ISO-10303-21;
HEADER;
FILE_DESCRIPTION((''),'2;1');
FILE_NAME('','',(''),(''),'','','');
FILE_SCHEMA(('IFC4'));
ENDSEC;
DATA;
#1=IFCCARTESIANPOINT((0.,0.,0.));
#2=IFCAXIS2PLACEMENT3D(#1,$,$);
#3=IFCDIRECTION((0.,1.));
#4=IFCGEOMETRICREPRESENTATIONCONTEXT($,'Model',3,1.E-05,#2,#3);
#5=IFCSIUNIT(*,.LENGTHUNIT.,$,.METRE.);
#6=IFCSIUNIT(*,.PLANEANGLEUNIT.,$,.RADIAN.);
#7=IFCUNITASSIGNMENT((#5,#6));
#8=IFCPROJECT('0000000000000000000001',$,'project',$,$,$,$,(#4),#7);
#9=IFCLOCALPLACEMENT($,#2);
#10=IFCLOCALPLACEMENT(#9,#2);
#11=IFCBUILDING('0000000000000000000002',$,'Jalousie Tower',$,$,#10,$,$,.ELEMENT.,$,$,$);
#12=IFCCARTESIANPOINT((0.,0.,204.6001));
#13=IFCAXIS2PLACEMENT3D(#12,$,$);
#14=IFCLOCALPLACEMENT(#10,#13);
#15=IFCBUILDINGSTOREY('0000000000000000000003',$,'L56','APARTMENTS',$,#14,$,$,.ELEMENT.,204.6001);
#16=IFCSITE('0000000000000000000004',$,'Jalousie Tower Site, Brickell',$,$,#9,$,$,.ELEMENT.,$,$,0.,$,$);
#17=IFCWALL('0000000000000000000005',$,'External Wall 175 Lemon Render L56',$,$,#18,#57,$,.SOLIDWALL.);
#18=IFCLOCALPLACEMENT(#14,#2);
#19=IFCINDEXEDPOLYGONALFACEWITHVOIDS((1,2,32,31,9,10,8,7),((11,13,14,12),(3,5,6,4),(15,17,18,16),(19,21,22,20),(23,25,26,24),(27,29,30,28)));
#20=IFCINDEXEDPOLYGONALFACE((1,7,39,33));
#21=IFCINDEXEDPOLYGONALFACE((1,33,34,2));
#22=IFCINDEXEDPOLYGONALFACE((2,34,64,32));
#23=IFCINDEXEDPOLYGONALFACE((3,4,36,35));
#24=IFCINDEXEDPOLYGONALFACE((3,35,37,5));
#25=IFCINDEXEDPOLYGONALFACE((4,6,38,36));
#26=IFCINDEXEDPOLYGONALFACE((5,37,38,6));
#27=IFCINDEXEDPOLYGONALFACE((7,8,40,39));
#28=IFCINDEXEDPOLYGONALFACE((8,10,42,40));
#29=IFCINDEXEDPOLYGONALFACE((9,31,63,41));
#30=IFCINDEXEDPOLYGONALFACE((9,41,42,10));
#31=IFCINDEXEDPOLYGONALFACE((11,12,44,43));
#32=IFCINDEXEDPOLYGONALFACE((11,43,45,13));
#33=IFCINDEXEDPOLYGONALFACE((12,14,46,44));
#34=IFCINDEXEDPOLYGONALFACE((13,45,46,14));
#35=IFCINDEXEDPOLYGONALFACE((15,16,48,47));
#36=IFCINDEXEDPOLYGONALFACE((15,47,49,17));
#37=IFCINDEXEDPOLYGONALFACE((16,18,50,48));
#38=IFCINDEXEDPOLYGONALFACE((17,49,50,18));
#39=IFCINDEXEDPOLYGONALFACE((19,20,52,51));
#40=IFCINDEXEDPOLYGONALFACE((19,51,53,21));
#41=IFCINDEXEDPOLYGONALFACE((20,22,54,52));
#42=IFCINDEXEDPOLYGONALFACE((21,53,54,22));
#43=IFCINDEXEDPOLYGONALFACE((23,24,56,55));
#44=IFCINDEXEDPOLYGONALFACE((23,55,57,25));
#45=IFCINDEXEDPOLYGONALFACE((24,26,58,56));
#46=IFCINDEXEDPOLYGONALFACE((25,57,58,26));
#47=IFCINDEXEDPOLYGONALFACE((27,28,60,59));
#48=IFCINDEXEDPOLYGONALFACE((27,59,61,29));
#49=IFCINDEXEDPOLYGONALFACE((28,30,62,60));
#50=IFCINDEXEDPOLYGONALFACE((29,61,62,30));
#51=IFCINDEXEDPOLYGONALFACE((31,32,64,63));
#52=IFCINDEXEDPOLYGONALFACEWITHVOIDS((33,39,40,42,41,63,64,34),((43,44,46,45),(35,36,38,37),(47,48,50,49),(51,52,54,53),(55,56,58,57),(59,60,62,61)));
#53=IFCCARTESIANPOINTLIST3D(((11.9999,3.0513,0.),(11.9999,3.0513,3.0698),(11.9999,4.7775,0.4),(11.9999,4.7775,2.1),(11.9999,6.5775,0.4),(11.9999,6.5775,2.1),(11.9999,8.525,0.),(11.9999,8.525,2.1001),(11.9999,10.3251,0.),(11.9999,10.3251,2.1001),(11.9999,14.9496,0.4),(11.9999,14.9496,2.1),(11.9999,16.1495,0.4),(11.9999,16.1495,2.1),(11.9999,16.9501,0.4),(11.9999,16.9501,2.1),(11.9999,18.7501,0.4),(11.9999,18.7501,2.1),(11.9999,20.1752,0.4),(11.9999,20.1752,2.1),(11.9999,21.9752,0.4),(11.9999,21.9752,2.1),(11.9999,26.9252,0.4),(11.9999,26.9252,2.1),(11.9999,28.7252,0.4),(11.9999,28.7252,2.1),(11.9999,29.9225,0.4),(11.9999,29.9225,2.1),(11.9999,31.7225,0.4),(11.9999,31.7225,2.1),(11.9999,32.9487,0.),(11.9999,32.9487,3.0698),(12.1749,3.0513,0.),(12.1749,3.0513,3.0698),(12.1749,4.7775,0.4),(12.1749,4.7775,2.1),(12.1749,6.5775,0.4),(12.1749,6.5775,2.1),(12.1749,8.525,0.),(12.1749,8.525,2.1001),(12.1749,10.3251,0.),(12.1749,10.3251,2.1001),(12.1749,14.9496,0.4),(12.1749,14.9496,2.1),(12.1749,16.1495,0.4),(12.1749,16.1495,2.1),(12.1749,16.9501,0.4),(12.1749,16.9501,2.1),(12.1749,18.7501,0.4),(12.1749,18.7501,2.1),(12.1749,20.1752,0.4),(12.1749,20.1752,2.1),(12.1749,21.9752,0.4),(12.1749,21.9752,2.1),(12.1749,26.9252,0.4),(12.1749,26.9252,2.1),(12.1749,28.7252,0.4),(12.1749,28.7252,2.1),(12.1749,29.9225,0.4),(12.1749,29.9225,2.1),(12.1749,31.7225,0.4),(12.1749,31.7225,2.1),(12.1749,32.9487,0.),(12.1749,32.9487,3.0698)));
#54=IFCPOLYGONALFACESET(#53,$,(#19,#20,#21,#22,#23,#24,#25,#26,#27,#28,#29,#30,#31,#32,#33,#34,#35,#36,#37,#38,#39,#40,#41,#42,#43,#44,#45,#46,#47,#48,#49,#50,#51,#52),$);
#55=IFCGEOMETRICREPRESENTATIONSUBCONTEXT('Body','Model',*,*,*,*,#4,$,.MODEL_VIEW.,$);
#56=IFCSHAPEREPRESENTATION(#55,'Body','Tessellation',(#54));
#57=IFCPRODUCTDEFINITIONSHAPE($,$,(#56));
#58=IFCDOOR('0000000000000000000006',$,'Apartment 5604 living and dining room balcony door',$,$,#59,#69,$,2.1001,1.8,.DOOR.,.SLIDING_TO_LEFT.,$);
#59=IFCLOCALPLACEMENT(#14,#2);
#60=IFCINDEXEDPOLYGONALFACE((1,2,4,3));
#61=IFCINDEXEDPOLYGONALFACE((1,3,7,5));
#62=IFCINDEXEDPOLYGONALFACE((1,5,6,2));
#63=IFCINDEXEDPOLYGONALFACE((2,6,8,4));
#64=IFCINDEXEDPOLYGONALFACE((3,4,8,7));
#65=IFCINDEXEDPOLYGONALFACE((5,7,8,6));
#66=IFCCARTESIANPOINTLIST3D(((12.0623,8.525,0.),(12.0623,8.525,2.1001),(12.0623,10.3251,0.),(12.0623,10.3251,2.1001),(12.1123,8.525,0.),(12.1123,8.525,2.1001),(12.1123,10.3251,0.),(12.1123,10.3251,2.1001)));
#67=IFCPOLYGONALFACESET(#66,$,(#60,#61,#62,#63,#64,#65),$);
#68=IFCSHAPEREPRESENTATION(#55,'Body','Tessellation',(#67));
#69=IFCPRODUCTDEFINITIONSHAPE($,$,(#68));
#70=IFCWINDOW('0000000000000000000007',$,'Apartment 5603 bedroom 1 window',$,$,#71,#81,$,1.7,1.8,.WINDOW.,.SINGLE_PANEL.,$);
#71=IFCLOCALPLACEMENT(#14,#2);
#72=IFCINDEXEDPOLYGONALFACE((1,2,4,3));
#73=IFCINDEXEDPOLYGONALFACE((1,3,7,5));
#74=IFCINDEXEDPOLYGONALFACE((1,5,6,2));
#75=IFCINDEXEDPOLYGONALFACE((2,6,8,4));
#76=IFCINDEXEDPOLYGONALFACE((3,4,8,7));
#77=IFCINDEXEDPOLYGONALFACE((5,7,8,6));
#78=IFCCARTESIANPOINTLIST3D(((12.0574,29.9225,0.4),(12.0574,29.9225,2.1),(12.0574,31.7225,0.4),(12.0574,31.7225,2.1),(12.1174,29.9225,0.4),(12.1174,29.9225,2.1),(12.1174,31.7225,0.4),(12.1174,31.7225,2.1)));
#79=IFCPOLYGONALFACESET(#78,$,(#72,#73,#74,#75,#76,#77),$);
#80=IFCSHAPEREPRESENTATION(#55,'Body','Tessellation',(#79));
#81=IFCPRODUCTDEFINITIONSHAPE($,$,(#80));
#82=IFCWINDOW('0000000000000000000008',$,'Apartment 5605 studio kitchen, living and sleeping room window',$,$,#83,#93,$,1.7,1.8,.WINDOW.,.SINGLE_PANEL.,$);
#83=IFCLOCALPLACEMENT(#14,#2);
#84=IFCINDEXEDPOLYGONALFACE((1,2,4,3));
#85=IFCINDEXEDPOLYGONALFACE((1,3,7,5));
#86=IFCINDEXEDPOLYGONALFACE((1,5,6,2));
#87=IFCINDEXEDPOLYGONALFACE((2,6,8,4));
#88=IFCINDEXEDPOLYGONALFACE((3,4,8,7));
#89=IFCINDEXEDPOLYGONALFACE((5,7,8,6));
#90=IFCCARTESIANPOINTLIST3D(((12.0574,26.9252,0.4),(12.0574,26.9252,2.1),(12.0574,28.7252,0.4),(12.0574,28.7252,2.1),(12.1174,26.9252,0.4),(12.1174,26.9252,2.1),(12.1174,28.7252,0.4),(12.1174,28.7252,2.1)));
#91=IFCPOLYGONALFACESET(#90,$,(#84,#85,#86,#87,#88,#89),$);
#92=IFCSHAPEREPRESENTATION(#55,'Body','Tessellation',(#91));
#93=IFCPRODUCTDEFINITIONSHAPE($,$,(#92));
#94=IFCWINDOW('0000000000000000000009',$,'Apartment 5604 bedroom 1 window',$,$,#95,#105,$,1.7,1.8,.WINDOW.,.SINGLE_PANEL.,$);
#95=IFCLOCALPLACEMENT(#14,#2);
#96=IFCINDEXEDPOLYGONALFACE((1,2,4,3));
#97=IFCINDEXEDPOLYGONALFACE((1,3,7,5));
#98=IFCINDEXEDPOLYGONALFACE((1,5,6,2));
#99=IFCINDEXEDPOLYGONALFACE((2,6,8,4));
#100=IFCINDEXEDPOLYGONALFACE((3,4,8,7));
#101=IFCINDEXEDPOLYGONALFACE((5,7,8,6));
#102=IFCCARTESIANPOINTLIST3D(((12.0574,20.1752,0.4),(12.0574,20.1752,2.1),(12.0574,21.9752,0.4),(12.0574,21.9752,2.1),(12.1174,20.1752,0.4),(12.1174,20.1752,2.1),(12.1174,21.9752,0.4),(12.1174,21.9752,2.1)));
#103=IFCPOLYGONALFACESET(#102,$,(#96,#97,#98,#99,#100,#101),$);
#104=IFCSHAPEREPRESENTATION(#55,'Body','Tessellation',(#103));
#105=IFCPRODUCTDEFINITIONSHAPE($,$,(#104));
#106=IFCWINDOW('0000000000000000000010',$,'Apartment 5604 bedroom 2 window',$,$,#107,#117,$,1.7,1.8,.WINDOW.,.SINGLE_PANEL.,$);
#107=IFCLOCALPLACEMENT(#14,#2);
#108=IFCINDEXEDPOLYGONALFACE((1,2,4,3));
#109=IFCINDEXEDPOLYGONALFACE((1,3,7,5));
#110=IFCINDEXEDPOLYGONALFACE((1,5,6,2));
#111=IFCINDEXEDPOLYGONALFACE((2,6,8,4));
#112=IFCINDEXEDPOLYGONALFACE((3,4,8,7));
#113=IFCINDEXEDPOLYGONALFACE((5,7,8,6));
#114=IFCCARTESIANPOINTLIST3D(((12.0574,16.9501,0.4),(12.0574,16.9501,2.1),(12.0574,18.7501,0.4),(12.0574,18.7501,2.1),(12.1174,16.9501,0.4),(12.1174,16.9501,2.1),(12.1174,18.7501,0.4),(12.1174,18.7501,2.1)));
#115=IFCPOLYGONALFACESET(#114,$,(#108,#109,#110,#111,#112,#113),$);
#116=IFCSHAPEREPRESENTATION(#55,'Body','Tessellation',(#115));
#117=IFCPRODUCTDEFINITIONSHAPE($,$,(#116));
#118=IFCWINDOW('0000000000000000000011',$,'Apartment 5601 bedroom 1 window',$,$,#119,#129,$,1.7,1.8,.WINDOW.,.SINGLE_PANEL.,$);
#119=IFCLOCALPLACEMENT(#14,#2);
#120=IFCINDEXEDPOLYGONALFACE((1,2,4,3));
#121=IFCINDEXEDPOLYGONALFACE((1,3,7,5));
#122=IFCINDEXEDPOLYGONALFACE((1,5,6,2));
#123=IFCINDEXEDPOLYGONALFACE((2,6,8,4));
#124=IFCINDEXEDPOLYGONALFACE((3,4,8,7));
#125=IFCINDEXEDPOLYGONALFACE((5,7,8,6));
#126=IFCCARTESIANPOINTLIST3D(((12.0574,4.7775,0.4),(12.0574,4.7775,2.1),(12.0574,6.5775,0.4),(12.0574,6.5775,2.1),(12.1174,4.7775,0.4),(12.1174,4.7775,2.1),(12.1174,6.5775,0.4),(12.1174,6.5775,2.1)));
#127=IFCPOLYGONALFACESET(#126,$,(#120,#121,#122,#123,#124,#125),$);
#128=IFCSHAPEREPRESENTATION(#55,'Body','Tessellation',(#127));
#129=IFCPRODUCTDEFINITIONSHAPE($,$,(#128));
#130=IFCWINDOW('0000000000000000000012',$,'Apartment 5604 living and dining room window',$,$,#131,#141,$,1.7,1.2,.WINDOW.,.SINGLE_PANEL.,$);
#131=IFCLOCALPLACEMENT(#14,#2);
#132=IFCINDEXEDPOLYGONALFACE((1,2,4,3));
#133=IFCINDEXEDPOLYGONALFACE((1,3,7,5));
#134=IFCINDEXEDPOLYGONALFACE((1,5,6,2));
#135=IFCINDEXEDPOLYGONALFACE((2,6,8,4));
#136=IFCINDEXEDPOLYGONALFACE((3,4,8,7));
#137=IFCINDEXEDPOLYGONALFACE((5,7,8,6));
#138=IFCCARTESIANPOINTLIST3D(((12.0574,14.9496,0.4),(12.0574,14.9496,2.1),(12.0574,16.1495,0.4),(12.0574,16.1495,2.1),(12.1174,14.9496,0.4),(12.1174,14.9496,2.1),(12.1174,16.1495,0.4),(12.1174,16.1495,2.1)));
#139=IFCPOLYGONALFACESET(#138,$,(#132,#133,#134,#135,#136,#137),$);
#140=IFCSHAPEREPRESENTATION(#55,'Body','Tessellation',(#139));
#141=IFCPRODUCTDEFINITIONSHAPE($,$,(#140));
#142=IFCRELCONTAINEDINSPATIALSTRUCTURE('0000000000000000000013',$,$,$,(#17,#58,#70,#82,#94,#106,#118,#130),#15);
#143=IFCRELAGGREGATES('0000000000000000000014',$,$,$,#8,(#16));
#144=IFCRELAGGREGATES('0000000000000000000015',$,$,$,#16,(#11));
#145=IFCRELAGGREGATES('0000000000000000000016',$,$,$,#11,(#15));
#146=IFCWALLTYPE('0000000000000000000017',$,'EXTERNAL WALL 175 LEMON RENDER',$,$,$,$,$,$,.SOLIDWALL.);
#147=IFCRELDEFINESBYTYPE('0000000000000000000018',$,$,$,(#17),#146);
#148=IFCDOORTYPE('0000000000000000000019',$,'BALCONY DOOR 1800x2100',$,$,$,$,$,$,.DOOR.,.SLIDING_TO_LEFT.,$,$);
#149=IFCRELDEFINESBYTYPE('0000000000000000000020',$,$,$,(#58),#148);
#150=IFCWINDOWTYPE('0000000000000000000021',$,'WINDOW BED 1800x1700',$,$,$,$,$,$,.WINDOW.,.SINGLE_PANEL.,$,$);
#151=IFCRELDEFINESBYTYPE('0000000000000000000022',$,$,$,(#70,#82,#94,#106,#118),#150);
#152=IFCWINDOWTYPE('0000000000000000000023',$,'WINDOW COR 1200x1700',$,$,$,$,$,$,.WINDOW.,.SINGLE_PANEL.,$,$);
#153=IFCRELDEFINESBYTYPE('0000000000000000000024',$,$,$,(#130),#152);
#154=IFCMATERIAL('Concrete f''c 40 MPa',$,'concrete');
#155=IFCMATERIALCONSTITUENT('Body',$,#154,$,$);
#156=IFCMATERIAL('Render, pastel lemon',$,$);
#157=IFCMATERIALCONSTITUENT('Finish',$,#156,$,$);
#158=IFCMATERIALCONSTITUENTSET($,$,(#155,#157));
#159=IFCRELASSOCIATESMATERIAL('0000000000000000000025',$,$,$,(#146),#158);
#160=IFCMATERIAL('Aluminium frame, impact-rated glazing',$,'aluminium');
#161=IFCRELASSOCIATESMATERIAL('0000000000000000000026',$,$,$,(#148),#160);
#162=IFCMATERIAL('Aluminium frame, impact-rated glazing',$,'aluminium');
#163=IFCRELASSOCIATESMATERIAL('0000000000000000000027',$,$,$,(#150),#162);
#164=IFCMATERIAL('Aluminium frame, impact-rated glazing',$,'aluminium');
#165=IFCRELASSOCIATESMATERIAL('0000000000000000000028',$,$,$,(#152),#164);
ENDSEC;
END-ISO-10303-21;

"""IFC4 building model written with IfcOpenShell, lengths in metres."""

from ifc_helpers import new_model, si_unit, direction, frame, frame_2d, origin, place, context, subcontext, project, spatial, rectangle, extrude, material, constituent, constituent_set, type_object, element, fill, save


model = new_model("IFC4")

# Units and contexts
model_context = context("Model", 3, precision=1e-05, world=origin(), true_north=direction((0.0, 1.0)))
body_context = subcontext(model_context, "Body", "Model", "MODEL_VIEW")
ifc_project = project(units=[si_unit("LENGTHUNIT", "METRE"), si_unit("PLANEANGLEUNIT", "RADIAN")], contexts=[model_context])

# Site, building, storey
site_placement = place(None, origin())
site = spatial("IfcSite", under=ifc_project, at=site_placement, Name="Jalousie Tower Site, Brickell", CompositionType="ELEMENT", RefElevation=0.0)
building_placement = place(site_placement, origin())
building = spatial("IfcBuilding", under=site, at=building_placement, Name="Jalousie Tower", CompositionType="ELEMENT")
storey_placement = place(building_placement, frame((0.0, 0.0, 204.6001)))
storey = spatial("IfcBuildingStorey", under=building, at=storey_placement, Name="L56", Description="APARTMENTS", CompositionType="ELEMENT", Elevation=204.6001)

# Wall, openings, door, windows
ifc_material_1 = material(Name="Concrete f'c 40 MPa", Category="concrete")
ifc_constituent_1 = constituent(ifc_material_1, Name="Body")
ifc_material_2 = material(Name="Render, pastel lemon")
ifc_constituent_2 = constituent(ifc_material_2, Name="Finish")
ifc_constituent_set_1 = constituent_set(constituents=[ifc_constituent_1, ifc_constituent_2])
wall_type_1 = type_object("IfcWallType", Name="EXTERNAL WALL 175 LEMON RENDER", PredefinedType="SOLIDWALL", material=ifc_constituent_set_1)
wall_1_placement = place(storey_placement, frame((12.0874, 32.9487, 0.0), z_axis=(0.0, 0.0, 1.0), x_axis=(0.0, -1.0, 0.0)))
wall_1 = element("IfcWall", 1, at=wall_1_placement, inside=storey, type_object=wall_type_1, Name="External Wall 175 Lemon Render L56", PredefinedType="SOLIDWALL", context=body_context, shape_type="SweptSolid", body=[
    extrude(rectangle(XDim=29.8975, YDim=0.175, at=frame_2d((14.9487, 0.0))), origin(), (0.0, 0.0, 1.0), 3.0698),
])
opening_1_placement = place(wall_1_placement, frame((1.2263, 0.0, 0.3999)))
opening_1 = element("IfcOpeningElement", 2, at=opening_1_placement, cuts=wall_1, PredefinedType="OPENING", context=body_context, shape_type="SweptSolid", body=[
    extrude(rectangle(XDim=1.8, YDim=1.7, at=frame_2d((0.8999, 0.8501))), frame((0.0, 0.0974, 0.0), z_axis=(0.0, -1.0, 0.0), x_axis=(1.0, 0.0, 0.0)), (0.0, 0.0, 1.0), 0.1951),
])
opening_2_placement = place(wall_1_placement, frame((4.2236, 0.0, 0.3999)))
opening_2 = element("IfcOpeningElement", 3, at=opening_2_placement, cuts=wall_1, PredefinedType="OPENING", context=body_context, shape_type="SweptSolid", body=[
    extrude(rectangle(XDim=1.8, YDim=1.7, at=frame_2d((0.8999, 0.8501))), frame((0.0, 0.0974, 0.0), z_axis=(0.0, -1.0, 0.0), x_axis=(1.0, 0.0, 0.0)), (0.0, 0.0, 1.0), 0.1951),
])
opening_3_placement = place(wall_1_placement, frame((10.9736, 0.0, 0.3999)))
opening_3 = element("IfcOpeningElement", 4, at=opening_3_placement, cuts=wall_1, PredefinedType="OPENING", context=body_context, shape_type="SweptSolid", body=[
    extrude(rectangle(XDim=1.8, YDim=1.7, at=frame_2d((0.8999, 0.8501))), frame((0.0, 0.0974, 0.0), z_axis=(0.0, -1.0, 0.0), x_axis=(1.0, 0.0, 0.0)), (0.0, 0.0, 1.0), 0.1951),
])
opening_4_placement = place(wall_1_placement, frame((14.1987, 0.0, 0.3999)))
opening_4 = element("IfcOpeningElement", 5, at=opening_4_placement, cuts=wall_1, PredefinedType="OPENING", context=body_context, shape_type="SweptSolid", body=[
    extrude(rectangle(XDim=1.8, YDim=1.7, at=frame_2d((0.8999, 0.8501))), frame((0.0, 0.0974, 0.0), z_axis=(0.0, -1.0, 0.0), x_axis=(1.0, 0.0, 0.0)), (0.0, 0.0, 1.0), 0.1951),
])
opening_5_placement = place(wall_1_placement, frame((22.6238, 0.0, 0.0)))
opening_5 = element("IfcOpeningElement", 6, at=opening_5_placement, cuts=wall_1, PredefinedType="OPENING", context=body_context, shape_type="SweptSolid", body=[
    extrude(rectangle(XDim=1.8, YDim=2.1001, at=frame_2d((0.8999, 1.05))), frame((0.0, 0.0974, 0.0), z_axis=(0.0, -1.0, 0.0), x_axis=(1.0, 0.0, 0.0)), (0.0, 0.0, 1.0), 0.1951),
])
opening_6_placement = place(wall_1_placement, frame((16.7991, 0.0, 0.3999)))
opening_6 = element("IfcOpeningElement", 7, at=opening_6_placement, cuts=wall_1, PredefinedType="OPENING", context=body_context, shape_type="SweptSolid", body=[
    extrude(rectangle(XDim=1.2, YDim=1.7, at=frame_2d((0.6001, 0.8501))), frame((0.0, 0.0974, 0.0), z_axis=(0.0, -1.0, 0.0), x_axis=(1.0, 0.0, 0.0)), (0.0, 0.0, 1.0), 0.1951),
])
opening_7_placement = place(wall_1_placement, frame((26.3713, 0.0, 0.3999)))
opening_7 = element("IfcOpeningElement", 8, at=opening_7_placement, cuts=wall_1, PredefinedType="OPENING", context=body_context, shape_type="SweptSolid", body=[
    extrude(rectangle(XDim=1.8, YDim=1.7, at=frame_2d((0.8999, 0.8501))), frame((0.0, 0.0974, 0.0), z_axis=(0.0, -1.0, 0.0), x_axis=(1.0, 0.0, 0.0)), (0.0, 0.0, 1.0), 0.1951),
])
ifc_material_3 = material(Name="Aluminium frame, impact-rated glazing", Category="aluminium")
door_type_1 = type_object("IfcDoorType", Name="BALCONY DOOR 1800x2100", OperationType="SLIDING_TO_LEFT", PredefinedType="DOOR", material=ifc_material_3)
door_1_placement = place(opening_5_placement, origin())
door_1 = element("IfcDoor", 9, at=door_1_placement, inside=storey, type_object=door_type_1, Name="Apartment 5604 living and dining room balcony door", OperationType="SLIDING_TO_LEFT", OverallHeight=2.1001, OverallWidth=1.8, PredefinedType="DOOR", context=body_context, shape_type="SweptSolid", body=[
    extrude(rectangle(XDim=1.8, YDim=2.1001, at=frame_2d((0.8999, 1.05))), frame((0.0, 0.0249, 0.0), z_axis=(0.0, -1.0, 0.0), x_axis=(1.0, 0.0, 0.0)), (0.0, 0.0, 1.0), 0.05),
])
fill(opening_5, door_1)
ifc_material_4 = material(Name="Aluminium frame, impact-rated glazing", Category="aluminium")
window_type_1 = type_object("IfcWindowType", Name="WINDOW BED 1800x1700", PartitioningType="SINGLE_PANEL", PredefinedType="WINDOW", material=ifc_material_4)
window_1_placement = place(opening_1_placement, origin())
window_1 = element("IfcWindow", 10, at=window_1_placement, inside=storey, type_object=window_type_1, Name="Apartment 5603 bedroom 1 window", OverallHeight=1.7, OverallWidth=1.8, PartitioningType="SINGLE_PANEL", PredefinedType="WINDOW", context=body_context, shape_type="SweptSolid", body=[
    extrude(rectangle(XDim=1.8, YDim=1.7, at=frame_2d((0.8999, 0.8501))), frame((0.0, 0.03, 0.0), z_axis=(0.0, -1.0, 0.0), x_axis=(1.0, 0.0, 0.0)), (0.0, 0.0, 1.0), 0.0601),
])
fill(opening_1, window_1)
window_2_placement = place(opening_2_placement, origin())
window_2 = element("IfcWindow", 11, at=window_2_placement, inside=storey, type_object=window_type_1, Name="Apartment 5605 studio kitchen, living and sleeping room window", OverallHeight=1.7, OverallWidth=1.8, PartitioningType="SINGLE_PANEL", PredefinedType="WINDOW", context=body_context, shape_type="SweptSolid", body=[
    extrude(rectangle(XDim=1.8, YDim=1.7, at=frame_2d((0.8999, 0.8501))), frame((0.0, 0.03, 0.0), z_axis=(0.0, -1.0, 0.0), x_axis=(1.0, 0.0, 0.0)), (0.0, 0.0, 1.0), 0.0601),
])
fill(opening_2, window_2)
window_3_placement = place(opening_3_placement, origin())
window_3 = element("IfcWindow", 12, at=window_3_placement, inside=storey, type_object=window_type_1, Name="Apartment 5604 bedroom 1 window", OverallHeight=1.7, OverallWidth=1.8, PartitioningType="SINGLE_PANEL", PredefinedType="WINDOW", context=body_context, shape_type="SweptSolid", body=[
    extrude(rectangle(XDim=1.8, YDim=1.7, at=frame_2d((0.8999, 0.8501))), frame((0.0, 0.03, 0.0), z_axis=(0.0, -1.0, 0.0), x_axis=(1.0, 0.0, 0.0)), (0.0, 0.0, 1.0), 0.0601),
])
fill(opening_3, window_3)
window_4_placement = place(opening_4_placement, origin())
window_4 = element("IfcWindow", 13, at=window_4_placement, inside=storey, type_object=window_type_1, Name="Apartment 5604 bedroom 2 window", OverallHeight=1.7, OverallWidth=1.8, PartitioningType="SINGLE_PANEL", PredefinedType="WINDOW", context=body_context, shape_type="SweptSolid", body=[
    extrude(rectangle(XDim=1.8, YDim=1.7, at=frame_2d((0.8999, 0.8501))), frame((0.0, 0.03, 0.0), z_axis=(0.0, -1.0, 0.0), x_axis=(1.0, 0.0, 0.0)), (0.0, 0.0, 1.0), 0.0601),
])
fill(opening_4, window_4)
window_5_placement = place(opening_7_placement, origin())
window_5 = element("IfcWindow", 14, at=window_5_placement, inside=storey, type_object=window_type_1, Name="Apartment 5601 bedroom 1 window", OverallHeight=1.7, OverallWidth=1.8, PartitioningType="SINGLE_PANEL", PredefinedType="WINDOW", context=body_context, shape_type="SweptSolid", body=[
    extrude(rectangle(XDim=1.8, YDim=1.7, at=frame_2d((0.8999, 0.8501))), frame((0.0, 0.03, 0.0), z_axis=(0.0, -1.0, 0.0), x_axis=(1.0, 0.0, 0.0)), (0.0, 0.0, 1.0), 0.0601),
])
fill(opening_7, window_5)
ifc_material_5 = material(Name="Aluminium frame, impact-rated glazing", Category="aluminium")
window_type_2 = type_object("IfcWindowType", Name="WINDOW COR 1200x1700", PartitioningType="SINGLE_PANEL", PredefinedType="WINDOW", material=ifc_material_5)
window_6_placement = place(opening_6_placement, origin())
window_6 = element("IfcWindow", 15, at=window_6_placement, inside=storey, type_object=window_type_2, Name="Apartment 5604 living and dining room window", OverallHeight=1.7, OverallWidth=1.2, PartitioningType="SINGLE_PANEL", PredefinedType="WINDOW", context=body_context, shape_type="SweptSolid", body=[
    extrude(rectangle(XDim=1.2, YDim=1.7, at=frame_2d((0.6001, 0.8501))), frame((0.0, 0.03, 0.0), z_axis=(0.0, -1.0, 0.0), x_axis=(1.0, 0.0, 0.0)), (0.0, 0.0, 1.0), 0.0601),
])
fill(opening_6, window_6)

save(model, "model.ifc")
